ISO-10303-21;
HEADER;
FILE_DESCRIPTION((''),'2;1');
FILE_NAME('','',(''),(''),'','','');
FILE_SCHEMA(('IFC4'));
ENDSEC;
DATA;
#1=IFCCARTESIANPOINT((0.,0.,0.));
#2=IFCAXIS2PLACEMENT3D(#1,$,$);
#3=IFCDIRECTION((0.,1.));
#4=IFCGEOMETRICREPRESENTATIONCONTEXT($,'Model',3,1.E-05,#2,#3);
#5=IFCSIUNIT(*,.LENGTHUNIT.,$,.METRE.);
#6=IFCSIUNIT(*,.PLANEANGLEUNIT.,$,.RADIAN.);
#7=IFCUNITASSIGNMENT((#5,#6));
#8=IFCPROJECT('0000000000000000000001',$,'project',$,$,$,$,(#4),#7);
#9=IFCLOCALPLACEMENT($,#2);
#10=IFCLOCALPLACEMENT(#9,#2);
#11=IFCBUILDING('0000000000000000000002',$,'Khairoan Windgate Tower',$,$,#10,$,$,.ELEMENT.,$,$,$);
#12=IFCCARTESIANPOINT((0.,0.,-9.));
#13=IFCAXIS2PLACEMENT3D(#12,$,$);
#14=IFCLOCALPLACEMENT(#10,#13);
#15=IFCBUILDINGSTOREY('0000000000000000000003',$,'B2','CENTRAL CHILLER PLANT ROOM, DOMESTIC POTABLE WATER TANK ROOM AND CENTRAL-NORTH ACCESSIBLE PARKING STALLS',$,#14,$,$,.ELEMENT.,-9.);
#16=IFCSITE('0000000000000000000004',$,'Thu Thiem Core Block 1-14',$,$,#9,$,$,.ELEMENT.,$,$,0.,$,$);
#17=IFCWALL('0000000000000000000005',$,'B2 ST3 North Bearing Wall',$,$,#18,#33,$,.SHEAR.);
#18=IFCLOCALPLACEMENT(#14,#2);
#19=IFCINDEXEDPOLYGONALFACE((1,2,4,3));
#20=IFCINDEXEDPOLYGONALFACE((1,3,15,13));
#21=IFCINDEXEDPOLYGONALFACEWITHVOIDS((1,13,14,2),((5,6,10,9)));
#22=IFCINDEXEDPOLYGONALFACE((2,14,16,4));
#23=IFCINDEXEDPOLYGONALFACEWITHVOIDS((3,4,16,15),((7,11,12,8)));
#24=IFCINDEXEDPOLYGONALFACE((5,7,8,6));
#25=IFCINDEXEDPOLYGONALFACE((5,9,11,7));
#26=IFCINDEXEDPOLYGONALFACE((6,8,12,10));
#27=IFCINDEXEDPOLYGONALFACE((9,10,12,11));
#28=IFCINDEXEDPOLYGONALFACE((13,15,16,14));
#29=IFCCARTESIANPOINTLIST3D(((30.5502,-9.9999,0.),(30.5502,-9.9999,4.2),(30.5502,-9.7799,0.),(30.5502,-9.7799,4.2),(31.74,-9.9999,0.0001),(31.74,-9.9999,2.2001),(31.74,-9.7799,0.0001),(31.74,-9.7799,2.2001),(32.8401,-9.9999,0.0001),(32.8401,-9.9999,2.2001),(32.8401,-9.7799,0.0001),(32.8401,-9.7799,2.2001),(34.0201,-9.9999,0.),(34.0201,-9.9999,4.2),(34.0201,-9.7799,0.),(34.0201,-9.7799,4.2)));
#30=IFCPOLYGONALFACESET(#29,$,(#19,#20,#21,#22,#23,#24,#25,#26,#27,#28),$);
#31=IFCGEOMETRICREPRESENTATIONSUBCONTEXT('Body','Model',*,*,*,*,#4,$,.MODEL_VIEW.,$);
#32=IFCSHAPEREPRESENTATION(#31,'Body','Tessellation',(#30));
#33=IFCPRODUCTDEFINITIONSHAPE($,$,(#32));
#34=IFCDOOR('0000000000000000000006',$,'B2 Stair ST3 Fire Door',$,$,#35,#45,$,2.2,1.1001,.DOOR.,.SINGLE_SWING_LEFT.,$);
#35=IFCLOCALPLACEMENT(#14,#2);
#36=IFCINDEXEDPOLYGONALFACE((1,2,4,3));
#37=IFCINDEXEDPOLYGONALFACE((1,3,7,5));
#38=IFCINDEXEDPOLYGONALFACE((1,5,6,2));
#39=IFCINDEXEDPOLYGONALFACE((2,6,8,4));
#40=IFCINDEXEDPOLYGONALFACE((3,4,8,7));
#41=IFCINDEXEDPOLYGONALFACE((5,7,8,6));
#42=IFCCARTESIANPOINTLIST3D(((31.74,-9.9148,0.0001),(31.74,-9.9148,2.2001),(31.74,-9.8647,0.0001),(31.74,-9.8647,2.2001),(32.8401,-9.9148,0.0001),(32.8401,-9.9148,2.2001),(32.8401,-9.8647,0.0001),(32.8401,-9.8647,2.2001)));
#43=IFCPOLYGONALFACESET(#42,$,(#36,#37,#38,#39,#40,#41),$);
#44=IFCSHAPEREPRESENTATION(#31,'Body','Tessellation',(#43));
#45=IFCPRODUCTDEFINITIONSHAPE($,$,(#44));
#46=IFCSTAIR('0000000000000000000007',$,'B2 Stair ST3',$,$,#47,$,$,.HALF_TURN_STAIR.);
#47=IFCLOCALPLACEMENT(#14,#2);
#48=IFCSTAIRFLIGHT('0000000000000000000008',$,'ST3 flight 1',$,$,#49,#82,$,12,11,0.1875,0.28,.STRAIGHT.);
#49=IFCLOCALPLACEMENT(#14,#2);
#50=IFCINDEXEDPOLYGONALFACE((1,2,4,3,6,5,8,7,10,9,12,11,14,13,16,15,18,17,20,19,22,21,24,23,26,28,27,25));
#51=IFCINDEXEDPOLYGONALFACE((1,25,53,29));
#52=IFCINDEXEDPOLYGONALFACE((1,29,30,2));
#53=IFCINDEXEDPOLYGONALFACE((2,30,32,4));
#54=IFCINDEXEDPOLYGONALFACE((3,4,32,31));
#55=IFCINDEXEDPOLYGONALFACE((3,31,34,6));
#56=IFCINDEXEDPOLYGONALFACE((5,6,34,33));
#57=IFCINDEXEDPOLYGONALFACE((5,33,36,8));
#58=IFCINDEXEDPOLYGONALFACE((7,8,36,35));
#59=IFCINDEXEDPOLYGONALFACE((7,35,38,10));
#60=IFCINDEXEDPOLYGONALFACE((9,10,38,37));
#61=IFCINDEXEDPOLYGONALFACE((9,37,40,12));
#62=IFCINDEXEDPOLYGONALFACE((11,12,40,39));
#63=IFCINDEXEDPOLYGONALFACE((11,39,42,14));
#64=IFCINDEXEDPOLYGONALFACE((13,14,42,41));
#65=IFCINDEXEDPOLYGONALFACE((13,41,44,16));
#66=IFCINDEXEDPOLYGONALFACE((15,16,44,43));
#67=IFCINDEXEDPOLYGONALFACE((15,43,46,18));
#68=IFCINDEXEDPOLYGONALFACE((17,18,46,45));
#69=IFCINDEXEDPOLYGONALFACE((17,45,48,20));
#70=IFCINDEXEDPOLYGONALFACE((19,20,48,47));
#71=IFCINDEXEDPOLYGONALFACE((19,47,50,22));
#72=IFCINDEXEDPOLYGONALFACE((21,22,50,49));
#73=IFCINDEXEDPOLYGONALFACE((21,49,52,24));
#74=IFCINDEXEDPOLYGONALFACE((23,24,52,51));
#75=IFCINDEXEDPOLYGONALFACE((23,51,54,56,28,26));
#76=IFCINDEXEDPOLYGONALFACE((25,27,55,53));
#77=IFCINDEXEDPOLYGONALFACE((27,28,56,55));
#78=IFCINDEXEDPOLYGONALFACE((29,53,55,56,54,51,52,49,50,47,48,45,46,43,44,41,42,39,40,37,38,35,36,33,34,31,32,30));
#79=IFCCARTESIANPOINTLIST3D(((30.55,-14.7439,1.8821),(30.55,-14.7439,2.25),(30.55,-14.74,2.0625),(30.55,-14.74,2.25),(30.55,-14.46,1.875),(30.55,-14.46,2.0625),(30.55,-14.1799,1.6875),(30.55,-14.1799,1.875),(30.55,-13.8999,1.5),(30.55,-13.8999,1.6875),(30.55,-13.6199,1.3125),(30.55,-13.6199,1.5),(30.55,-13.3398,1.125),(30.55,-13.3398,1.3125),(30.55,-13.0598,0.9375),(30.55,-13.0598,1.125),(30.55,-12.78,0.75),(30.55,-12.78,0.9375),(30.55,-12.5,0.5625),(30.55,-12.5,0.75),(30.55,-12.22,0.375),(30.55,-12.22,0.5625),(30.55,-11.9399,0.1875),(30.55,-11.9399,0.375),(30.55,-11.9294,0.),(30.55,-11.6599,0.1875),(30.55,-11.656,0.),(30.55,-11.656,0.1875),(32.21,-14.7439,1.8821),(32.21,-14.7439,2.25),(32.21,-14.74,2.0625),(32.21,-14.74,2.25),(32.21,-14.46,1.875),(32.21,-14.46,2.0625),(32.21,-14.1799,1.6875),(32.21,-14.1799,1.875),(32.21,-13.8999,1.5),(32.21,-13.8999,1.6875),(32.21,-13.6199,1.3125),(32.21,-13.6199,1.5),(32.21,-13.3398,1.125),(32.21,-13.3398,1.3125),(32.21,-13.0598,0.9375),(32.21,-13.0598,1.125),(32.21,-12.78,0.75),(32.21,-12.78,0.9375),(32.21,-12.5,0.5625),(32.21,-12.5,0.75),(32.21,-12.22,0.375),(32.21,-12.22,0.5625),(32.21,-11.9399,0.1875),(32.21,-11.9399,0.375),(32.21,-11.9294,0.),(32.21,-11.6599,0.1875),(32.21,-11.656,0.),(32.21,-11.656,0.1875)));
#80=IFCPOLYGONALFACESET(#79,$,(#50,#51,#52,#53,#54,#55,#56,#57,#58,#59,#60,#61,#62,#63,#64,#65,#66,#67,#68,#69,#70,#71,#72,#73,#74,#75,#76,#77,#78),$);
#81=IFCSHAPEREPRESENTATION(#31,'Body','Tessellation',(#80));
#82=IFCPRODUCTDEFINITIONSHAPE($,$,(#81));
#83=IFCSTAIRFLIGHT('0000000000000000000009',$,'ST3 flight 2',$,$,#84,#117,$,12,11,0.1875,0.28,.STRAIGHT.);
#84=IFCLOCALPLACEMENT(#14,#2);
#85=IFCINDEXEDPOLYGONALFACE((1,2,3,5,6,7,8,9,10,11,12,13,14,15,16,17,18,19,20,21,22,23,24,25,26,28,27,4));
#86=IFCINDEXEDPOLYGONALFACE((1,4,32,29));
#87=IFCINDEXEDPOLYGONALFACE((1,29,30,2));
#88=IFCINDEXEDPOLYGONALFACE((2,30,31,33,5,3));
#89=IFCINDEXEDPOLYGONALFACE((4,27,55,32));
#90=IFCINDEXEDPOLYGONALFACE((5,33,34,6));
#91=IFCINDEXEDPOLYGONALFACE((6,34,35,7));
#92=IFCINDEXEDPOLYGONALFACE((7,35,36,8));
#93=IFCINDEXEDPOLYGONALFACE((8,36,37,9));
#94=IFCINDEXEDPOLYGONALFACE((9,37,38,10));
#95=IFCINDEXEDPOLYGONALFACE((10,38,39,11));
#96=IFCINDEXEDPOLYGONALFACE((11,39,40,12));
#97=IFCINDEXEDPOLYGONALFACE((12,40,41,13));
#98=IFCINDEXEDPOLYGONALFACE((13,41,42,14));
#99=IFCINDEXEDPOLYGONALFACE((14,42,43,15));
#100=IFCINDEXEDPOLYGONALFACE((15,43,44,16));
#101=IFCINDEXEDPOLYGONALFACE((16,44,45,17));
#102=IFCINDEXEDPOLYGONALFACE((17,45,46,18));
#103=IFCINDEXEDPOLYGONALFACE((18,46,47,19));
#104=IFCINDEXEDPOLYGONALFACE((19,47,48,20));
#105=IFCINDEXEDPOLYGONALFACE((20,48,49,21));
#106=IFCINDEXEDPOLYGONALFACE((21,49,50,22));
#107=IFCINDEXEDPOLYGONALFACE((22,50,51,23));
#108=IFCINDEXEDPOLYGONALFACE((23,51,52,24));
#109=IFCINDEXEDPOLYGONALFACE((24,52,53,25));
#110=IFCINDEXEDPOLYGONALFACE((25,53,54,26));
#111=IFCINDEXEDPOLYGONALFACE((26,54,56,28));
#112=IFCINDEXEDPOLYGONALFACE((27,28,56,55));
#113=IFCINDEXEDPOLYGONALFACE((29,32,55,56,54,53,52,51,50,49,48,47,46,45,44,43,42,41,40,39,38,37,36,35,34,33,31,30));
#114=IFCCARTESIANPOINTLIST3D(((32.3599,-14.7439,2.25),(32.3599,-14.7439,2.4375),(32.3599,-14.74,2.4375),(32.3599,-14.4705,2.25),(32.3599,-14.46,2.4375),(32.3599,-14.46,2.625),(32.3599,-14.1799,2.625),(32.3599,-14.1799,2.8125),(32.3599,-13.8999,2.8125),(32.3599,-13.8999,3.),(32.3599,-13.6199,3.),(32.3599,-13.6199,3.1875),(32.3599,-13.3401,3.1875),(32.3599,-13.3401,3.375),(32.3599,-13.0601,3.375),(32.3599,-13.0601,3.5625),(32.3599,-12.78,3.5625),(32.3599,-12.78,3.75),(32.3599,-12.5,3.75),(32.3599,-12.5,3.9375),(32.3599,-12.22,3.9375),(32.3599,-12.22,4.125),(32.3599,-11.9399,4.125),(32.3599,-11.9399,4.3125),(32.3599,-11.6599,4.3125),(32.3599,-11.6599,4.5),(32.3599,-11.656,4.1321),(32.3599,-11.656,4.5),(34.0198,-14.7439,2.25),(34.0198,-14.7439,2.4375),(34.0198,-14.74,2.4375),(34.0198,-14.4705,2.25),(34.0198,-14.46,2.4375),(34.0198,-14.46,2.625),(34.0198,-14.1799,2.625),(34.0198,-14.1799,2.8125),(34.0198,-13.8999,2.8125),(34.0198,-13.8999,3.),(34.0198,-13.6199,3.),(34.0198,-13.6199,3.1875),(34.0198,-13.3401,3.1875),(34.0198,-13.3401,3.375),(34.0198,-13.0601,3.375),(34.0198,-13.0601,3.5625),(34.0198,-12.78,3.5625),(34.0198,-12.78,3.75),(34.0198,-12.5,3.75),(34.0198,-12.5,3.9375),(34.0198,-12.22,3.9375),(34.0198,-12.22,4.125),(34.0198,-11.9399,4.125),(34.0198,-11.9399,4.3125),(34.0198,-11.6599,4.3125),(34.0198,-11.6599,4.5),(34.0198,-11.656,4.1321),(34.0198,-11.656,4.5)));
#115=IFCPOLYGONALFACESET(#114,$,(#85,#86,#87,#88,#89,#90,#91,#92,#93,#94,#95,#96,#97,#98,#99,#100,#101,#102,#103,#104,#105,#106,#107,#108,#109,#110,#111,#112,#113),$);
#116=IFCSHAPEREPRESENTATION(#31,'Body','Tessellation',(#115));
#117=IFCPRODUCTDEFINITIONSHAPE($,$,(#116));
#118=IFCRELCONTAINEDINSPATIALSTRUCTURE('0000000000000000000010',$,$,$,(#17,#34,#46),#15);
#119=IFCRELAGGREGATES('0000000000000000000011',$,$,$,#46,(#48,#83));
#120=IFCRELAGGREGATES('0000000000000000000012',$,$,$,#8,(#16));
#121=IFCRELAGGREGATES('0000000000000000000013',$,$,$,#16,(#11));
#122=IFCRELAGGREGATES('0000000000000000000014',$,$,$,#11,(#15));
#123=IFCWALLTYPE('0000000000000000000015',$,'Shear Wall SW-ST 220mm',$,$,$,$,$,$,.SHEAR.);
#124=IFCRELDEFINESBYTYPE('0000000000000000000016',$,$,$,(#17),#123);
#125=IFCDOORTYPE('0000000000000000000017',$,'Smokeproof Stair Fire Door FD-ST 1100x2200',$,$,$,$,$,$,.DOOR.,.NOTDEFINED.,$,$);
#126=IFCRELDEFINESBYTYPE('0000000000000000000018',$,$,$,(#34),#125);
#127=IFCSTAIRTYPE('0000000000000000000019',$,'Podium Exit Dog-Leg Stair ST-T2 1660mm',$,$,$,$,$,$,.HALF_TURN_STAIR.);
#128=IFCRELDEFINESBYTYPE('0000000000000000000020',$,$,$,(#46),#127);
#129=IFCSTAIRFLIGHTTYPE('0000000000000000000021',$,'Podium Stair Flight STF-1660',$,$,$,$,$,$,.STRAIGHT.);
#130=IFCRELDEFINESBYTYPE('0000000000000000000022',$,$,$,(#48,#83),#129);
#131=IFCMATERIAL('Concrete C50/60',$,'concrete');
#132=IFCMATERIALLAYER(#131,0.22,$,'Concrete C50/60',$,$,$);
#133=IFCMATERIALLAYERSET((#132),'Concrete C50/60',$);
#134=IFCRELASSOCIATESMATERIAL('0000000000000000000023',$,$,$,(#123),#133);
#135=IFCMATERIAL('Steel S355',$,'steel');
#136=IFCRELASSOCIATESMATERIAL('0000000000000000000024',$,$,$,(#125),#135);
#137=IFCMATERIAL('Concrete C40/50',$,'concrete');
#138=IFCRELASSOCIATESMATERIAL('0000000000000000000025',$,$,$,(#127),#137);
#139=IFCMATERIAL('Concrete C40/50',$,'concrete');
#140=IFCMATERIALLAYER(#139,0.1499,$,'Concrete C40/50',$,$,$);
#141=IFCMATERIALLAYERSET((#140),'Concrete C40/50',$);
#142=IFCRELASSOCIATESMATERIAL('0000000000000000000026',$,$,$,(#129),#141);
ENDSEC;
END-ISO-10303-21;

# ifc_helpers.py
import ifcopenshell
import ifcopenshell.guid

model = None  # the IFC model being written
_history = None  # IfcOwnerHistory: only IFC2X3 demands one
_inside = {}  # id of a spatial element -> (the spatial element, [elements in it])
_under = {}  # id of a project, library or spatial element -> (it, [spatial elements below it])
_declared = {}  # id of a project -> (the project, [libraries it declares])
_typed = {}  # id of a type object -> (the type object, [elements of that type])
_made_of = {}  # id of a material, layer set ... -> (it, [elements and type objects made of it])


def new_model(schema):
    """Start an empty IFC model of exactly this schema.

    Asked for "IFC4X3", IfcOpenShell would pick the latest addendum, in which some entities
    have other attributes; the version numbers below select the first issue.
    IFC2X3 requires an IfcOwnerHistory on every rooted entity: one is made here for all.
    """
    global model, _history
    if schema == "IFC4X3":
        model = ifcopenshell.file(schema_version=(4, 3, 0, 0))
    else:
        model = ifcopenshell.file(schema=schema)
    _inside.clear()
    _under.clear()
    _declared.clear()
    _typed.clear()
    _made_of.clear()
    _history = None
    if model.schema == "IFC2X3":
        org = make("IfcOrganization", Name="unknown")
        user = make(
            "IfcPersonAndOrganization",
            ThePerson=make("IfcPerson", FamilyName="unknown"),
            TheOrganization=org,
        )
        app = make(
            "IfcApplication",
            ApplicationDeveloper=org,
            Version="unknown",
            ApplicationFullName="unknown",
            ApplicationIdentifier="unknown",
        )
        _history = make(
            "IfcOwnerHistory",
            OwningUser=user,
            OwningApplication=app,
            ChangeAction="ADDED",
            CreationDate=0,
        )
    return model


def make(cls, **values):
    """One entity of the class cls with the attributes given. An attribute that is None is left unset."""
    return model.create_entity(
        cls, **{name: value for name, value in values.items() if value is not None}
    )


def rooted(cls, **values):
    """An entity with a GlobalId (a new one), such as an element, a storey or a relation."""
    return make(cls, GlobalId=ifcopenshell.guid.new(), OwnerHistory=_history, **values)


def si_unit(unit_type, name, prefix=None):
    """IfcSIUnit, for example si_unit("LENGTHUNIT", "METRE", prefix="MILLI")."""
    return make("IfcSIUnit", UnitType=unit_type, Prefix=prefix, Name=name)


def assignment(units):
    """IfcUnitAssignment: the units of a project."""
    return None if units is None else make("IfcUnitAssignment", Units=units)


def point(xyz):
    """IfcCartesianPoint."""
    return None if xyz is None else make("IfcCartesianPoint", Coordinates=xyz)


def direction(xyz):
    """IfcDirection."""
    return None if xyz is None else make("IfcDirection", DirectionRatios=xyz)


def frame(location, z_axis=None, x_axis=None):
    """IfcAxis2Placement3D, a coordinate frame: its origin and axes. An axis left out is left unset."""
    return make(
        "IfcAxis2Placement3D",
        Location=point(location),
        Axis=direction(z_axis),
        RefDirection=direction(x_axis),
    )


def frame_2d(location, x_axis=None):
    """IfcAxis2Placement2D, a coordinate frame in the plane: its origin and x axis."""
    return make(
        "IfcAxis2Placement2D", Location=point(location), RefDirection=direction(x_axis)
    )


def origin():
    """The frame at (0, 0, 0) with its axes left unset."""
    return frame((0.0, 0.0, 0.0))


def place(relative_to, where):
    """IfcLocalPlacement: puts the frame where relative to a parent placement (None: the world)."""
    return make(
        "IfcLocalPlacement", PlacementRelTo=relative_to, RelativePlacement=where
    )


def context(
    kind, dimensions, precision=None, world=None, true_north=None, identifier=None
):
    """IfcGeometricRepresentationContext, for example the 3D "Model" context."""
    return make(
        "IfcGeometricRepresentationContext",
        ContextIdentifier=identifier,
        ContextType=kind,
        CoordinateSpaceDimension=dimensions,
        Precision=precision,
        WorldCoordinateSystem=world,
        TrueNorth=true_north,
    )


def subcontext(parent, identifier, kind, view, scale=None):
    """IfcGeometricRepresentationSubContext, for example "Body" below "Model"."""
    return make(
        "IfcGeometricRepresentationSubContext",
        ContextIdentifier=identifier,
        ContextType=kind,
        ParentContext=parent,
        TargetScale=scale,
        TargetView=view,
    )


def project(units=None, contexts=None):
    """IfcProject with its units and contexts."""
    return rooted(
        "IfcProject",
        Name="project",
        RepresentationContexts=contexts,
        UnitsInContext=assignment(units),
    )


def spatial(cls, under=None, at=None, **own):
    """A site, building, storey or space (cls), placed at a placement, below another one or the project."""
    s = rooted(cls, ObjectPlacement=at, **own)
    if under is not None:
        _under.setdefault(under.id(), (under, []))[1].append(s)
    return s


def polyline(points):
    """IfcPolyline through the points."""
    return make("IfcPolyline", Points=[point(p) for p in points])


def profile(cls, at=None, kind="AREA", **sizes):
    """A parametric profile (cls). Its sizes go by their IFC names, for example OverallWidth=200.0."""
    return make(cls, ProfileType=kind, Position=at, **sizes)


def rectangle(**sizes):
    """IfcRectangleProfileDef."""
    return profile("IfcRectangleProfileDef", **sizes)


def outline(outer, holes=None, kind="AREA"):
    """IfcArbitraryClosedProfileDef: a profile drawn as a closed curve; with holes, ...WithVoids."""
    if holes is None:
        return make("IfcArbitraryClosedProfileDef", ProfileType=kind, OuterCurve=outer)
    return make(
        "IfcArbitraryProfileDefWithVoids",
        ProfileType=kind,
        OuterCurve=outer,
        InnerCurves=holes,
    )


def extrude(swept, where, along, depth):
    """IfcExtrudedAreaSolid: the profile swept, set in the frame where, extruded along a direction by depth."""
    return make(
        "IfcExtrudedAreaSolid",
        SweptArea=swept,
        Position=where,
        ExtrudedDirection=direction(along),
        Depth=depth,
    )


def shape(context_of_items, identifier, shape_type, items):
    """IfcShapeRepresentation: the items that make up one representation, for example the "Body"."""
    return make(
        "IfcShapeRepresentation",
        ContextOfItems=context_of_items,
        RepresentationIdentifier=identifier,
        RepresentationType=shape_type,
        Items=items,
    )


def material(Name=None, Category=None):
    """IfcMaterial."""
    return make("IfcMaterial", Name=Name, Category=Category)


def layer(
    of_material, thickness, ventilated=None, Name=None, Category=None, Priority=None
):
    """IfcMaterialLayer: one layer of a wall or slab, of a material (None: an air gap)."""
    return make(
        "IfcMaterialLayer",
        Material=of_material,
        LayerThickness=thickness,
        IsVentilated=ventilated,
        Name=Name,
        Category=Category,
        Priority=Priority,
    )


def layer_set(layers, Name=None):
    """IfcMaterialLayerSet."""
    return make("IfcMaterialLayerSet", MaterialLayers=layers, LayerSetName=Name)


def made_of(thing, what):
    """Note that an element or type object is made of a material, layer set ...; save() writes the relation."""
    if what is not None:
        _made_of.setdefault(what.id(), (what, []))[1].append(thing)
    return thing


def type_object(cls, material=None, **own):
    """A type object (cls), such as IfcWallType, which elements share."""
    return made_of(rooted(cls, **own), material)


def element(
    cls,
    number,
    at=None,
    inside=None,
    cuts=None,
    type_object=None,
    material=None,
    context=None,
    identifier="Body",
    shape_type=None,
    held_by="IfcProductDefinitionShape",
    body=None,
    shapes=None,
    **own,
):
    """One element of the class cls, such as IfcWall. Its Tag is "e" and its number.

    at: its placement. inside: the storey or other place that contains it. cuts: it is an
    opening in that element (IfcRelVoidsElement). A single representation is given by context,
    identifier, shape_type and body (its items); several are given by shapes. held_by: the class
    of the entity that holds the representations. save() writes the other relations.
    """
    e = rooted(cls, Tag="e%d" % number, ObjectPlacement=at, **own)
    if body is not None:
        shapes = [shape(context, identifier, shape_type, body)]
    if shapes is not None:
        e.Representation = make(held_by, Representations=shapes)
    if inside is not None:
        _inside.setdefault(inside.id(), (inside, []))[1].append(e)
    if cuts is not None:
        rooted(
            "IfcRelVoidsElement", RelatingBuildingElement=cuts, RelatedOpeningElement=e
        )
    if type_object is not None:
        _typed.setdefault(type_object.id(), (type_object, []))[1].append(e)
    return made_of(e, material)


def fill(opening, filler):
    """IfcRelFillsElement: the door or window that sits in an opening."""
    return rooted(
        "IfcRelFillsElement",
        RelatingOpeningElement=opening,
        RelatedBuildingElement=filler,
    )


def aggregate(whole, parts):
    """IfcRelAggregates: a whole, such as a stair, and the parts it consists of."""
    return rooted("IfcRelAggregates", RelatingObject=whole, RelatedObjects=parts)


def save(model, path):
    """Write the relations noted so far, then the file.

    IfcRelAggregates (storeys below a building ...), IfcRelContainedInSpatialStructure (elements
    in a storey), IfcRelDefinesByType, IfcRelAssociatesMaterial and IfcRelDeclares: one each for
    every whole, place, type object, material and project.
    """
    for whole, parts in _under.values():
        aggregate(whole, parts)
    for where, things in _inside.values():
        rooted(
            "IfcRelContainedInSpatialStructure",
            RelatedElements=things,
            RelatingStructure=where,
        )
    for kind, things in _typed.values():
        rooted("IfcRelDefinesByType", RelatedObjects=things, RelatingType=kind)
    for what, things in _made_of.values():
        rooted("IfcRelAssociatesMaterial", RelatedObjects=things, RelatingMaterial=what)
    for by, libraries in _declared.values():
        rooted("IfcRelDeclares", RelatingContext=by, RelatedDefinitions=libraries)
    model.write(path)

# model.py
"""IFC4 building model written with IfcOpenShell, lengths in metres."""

from ifc_helpers import new_model, si_unit, direction, frame, frame_2d, origin, place, context, subcontext, project, spatial, polyline, rectangle, outline, extrude, material, layer, layer_set, type_object, element, fill, aggregate, save


model = new_model("IFC4")

# Units and contexts
model_context = context("Model", 3, precision=1e-05, world=origin(), true_north=direction((0.0, 1.0)))
body_context = subcontext(model_context, "Body", "Model", "MODEL_VIEW")
ifc_project = project(units=[si_unit("LENGTHUNIT", "METRE"), si_unit("PLANEANGLEUNIT", "RADIAN")], contexts=[model_context])

# Site, building, storey
site_placement = place(None, origin())
site = spatial("IfcSite", under=ifc_project, at=site_placement, Name="Thu Thiem Core Block 1-14", CompositionType="ELEMENT", RefElevation=0.0)
building_placement = place(site_placement, origin())
building = spatial("IfcBuilding", under=site, at=building_placement, Name="Khairoan Windgate Tower", CompositionType="ELEMENT")
storey_placement = place(building_placement, frame((0.0, 0.0, -9.0)))
storey = spatial("IfcBuildingStorey", under=building, at=storey_placement, Name="B2", Description="CENTRAL CHILLER PLANT ROOM, DOMESTIC POTABLE WATER TANK ROOM AND CENTRAL-NORTH ACCESSIBLE PARKING STALLS", CompositionType="ELEMENT", Elevation=-9.0)

# Wall, opening, door
ifc_material_1 = material(Name="Concrete C50/60", Category="concrete")
ifc_layer_1 = layer(ifc_material_1, 0.22, Name="Concrete C50/60")
ifc_layer_set_1 = layer_set([ifc_layer_1], Name="Concrete C50/60")
wall_type_1 = type_object("IfcWallType", Name="Shear Wall SW-ST 220mm", PredefinedType="SHEAR", material=ifc_layer_set_1)
wall_1_placement = place(storey_placement, frame((34.02, -9.8899, 0.0), z_axis=(0.0, 0.0, 1.0), x_axis=(-1.0, 0.0, 0.0)))
wall_1 = element("IfcWall", 1, at=wall_1_placement, inside=storey, type_object=wall_type_1, Name="B2 ST3 North Bearing Wall", PredefinedType="SHEAR", context=body_context, shape_type="SweptSolid", body=[
    extrude(rectangle(XDim=3.47, YDim=0.22, at=frame_2d((1.7349, 0.0))), origin(), (0.0, 0.0, 1.0), 4.2),
])
opening_1_placement = place(wall_1_placement, frame((1.1799, 0.0, 0.0)))
opening_1 = element("IfcOpeningElement", 2, at=opening_1_placement, cuts=wall_1, PredefinedType="OPENING", context=body_context, shape_type="SweptSolid", body=[
    extrude(rectangle(XDim=1.1001, YDim=2.2, at=frame_2d((0.55, 1.1001))), frame((0.0, 0.1199, 0.0), z_axis=(0.0, -1.0, 0.0), x_axis=(1.0, 0.0, 0.0)), (0.0, 0.0, 1.0), 0.24),
])
ifc_material_2 = material(Name="Steel S355", Category="steel")
door_type_1 = type_object("IfcDoorType", Name="Smokeproof Stair Fire Door FD-ST 1100x2200", OperationType="NOTDEFINED", PredefinedType="DOOR", material=ifc_material_2)
door_1_placement = place(opening_1_placement, origin())
door_1 = element("IfcDoor", 3, at=door_1_placement, inside=storey, type_object=door_type_1, Name="B2 Stair ST3 Fire Door", OperationType="SINGLE_SWING_LEFT", OverallHeight=2.2, OverallWidth=1.1001, PredefinedType="DOOR", context=body_context, shape_type="SweptSolid", body=[
    extrude(rectangle(XDim=1.1001, YDim=2.2, at=frame_2d((0.55, 1.1001))), frame((0.0, 0.0249, 0.0), z_axis=(0.0, -1.0, 0.0), x_axis=(1.0, 0.0, 0.0)), (0.0, 0.0, 1.0), 0.05),
])
fill(opening_1, door_1)

# Stair, stair flights
ifc_material_3 = material(Name="Concrete C40/50", Category="concrete")
stair_type = type_object("IfcStairType", Name="Podium Exit Dog-Leg Stair ST-T2 1660mm", PredefinedType="HALF_TURN_STAIR", material=ifc_material_3)
stair_placement = place(storey_placement, origin())
stair = element("IfcStair", 4, at=stair_placement, inside=storey, type_object=stair_type, Name="B2 Stair ST3", PredefinedType="HALF_TURN_STAIR")
ifc_material_4 = material(Name="Concrete C40/50", Category="concrete")
ifc_layer_2 = layer(ifc_material_4, 0.1499, Name="Concrete C40/50")
ifc_layer_set_2 = layer_set([ifc_layer_2], Name="Concrete C40/50")
stair_flight_type = type_object("IfcStairFlightType", Name="Podium Stair Flight STF-1660", PredefinedType="STRAIGHT", material=ifc_layer_set_2)
stair_flight_1_placement = place(storey_placement, frame((31.3799, -11.6599, 0.0), z_axis=(0.0, 0.0, 1.0), x_axis=(0.0, -1.0, 0.0)))
stair_flight_1 = element("IfcStairFlight", 5, at=stair_flight_1_placement, type_object=stair_flight_type, Name="ST3 flight 1", NumberOfRisers=12, NumberOfTreads=11, PredefinedType="STRAIGHT", RiserHeight=0.1875, TreadLength=0.28, context=body_context, shape_type="SweptSolid", body=[
    extrude(outline(polyline([(-0.0039, 0.0), (-0.0039, 0.1875), (0.0, 0.1875), (0.28, 0.1875), (0.28, 0.375), (0.5601, 0.375), (0.5601, 0.5625), (0.8401, 0.5625), (0.8401, 0.75), (1.1201, 0.75), (1.1201, 0.9375), (1.3999, 0.9375), (1.3999, 1.125), (1.6799, 1.125), (1.6799, 1.3125), (1.96, 1.3125), (1.96, 1.5), (2.24, 1.5), (2.24, 1.6875), (2.52, 1.6875), (2.52, 1.875), (2.8, 1.875), (2.8, 2.0625), (3.0801, 2.0625), (3.0801, 2.25), (3.084, 2.25), (3.084, 1.8821), (0.2695, 0.0), (-0.0039, 0.0)])), frame((0.0, 0.8301, 0.0), z_axis=(0.0, -1.0, 0.0), x_axis=(1.0, 0.0, 0.0)), (0.0, 0.0, 1.0), 1.6599),
])
stair_flight_2_placement = place(storey_placement, frame((33.1899, -14.74, 2.25), z_axis=(0.0, 0.0, 1.0), x_axis=(0.0, 1.0, 0.0)))
stair_flight_2 = element("IfcStairFlight", 6, at=stair_flight_2_placement, type_object=stair_flight_type, Name="ST3 flight 2", NumberOfRisers=12, NumberOfTreads=11, PredefinedType="STRAIGHT", RiserHeight=0.1875, TreadLength=0.28, context=body_context, shape_type="SweptSolid", body=[
    extrude(outline(polyline([(-0.0039, 0.0), (-0.0039, 0.1875), (0.0, 0.1875), (0.28, 0.1875), (0.28, 0.375), (0.5601, 0.375), (0.5601, 0.5625), (0.8401, 0.5625), (0.8401, 0.75), (1.1201, 0.75), (1.1201, 0.9375), (1.3999, 0.9375), (1.3999, 1.125), (1.6799, 1.125), (1.6799, 1.3125), (1.96, 1.3125), (1.96, 1.5), (2.24, 1.5), (2.24, 1.6875), (2.52, 1.6875), (2.52, 1.875), (2.8, 1.875), (2.8, 2.0625), (3.0801, 2.0625), (3.0801, 2.25), (3.084, 2.25), (3.084, 1.8821), (0.2695, 0.0), (-0.0039, 0.0)])), frame((0.0, 0.8301, 0.0), z_axis=(0.0, -1.0, 0.0), x_axis=(1.0, 0.0, 0.0)), (0.0, 0.0, 1.0), 1.6599),
])
aggregate(stair, [stair_flight_1, stair_flight_2])

save(model, "model.ifc")
